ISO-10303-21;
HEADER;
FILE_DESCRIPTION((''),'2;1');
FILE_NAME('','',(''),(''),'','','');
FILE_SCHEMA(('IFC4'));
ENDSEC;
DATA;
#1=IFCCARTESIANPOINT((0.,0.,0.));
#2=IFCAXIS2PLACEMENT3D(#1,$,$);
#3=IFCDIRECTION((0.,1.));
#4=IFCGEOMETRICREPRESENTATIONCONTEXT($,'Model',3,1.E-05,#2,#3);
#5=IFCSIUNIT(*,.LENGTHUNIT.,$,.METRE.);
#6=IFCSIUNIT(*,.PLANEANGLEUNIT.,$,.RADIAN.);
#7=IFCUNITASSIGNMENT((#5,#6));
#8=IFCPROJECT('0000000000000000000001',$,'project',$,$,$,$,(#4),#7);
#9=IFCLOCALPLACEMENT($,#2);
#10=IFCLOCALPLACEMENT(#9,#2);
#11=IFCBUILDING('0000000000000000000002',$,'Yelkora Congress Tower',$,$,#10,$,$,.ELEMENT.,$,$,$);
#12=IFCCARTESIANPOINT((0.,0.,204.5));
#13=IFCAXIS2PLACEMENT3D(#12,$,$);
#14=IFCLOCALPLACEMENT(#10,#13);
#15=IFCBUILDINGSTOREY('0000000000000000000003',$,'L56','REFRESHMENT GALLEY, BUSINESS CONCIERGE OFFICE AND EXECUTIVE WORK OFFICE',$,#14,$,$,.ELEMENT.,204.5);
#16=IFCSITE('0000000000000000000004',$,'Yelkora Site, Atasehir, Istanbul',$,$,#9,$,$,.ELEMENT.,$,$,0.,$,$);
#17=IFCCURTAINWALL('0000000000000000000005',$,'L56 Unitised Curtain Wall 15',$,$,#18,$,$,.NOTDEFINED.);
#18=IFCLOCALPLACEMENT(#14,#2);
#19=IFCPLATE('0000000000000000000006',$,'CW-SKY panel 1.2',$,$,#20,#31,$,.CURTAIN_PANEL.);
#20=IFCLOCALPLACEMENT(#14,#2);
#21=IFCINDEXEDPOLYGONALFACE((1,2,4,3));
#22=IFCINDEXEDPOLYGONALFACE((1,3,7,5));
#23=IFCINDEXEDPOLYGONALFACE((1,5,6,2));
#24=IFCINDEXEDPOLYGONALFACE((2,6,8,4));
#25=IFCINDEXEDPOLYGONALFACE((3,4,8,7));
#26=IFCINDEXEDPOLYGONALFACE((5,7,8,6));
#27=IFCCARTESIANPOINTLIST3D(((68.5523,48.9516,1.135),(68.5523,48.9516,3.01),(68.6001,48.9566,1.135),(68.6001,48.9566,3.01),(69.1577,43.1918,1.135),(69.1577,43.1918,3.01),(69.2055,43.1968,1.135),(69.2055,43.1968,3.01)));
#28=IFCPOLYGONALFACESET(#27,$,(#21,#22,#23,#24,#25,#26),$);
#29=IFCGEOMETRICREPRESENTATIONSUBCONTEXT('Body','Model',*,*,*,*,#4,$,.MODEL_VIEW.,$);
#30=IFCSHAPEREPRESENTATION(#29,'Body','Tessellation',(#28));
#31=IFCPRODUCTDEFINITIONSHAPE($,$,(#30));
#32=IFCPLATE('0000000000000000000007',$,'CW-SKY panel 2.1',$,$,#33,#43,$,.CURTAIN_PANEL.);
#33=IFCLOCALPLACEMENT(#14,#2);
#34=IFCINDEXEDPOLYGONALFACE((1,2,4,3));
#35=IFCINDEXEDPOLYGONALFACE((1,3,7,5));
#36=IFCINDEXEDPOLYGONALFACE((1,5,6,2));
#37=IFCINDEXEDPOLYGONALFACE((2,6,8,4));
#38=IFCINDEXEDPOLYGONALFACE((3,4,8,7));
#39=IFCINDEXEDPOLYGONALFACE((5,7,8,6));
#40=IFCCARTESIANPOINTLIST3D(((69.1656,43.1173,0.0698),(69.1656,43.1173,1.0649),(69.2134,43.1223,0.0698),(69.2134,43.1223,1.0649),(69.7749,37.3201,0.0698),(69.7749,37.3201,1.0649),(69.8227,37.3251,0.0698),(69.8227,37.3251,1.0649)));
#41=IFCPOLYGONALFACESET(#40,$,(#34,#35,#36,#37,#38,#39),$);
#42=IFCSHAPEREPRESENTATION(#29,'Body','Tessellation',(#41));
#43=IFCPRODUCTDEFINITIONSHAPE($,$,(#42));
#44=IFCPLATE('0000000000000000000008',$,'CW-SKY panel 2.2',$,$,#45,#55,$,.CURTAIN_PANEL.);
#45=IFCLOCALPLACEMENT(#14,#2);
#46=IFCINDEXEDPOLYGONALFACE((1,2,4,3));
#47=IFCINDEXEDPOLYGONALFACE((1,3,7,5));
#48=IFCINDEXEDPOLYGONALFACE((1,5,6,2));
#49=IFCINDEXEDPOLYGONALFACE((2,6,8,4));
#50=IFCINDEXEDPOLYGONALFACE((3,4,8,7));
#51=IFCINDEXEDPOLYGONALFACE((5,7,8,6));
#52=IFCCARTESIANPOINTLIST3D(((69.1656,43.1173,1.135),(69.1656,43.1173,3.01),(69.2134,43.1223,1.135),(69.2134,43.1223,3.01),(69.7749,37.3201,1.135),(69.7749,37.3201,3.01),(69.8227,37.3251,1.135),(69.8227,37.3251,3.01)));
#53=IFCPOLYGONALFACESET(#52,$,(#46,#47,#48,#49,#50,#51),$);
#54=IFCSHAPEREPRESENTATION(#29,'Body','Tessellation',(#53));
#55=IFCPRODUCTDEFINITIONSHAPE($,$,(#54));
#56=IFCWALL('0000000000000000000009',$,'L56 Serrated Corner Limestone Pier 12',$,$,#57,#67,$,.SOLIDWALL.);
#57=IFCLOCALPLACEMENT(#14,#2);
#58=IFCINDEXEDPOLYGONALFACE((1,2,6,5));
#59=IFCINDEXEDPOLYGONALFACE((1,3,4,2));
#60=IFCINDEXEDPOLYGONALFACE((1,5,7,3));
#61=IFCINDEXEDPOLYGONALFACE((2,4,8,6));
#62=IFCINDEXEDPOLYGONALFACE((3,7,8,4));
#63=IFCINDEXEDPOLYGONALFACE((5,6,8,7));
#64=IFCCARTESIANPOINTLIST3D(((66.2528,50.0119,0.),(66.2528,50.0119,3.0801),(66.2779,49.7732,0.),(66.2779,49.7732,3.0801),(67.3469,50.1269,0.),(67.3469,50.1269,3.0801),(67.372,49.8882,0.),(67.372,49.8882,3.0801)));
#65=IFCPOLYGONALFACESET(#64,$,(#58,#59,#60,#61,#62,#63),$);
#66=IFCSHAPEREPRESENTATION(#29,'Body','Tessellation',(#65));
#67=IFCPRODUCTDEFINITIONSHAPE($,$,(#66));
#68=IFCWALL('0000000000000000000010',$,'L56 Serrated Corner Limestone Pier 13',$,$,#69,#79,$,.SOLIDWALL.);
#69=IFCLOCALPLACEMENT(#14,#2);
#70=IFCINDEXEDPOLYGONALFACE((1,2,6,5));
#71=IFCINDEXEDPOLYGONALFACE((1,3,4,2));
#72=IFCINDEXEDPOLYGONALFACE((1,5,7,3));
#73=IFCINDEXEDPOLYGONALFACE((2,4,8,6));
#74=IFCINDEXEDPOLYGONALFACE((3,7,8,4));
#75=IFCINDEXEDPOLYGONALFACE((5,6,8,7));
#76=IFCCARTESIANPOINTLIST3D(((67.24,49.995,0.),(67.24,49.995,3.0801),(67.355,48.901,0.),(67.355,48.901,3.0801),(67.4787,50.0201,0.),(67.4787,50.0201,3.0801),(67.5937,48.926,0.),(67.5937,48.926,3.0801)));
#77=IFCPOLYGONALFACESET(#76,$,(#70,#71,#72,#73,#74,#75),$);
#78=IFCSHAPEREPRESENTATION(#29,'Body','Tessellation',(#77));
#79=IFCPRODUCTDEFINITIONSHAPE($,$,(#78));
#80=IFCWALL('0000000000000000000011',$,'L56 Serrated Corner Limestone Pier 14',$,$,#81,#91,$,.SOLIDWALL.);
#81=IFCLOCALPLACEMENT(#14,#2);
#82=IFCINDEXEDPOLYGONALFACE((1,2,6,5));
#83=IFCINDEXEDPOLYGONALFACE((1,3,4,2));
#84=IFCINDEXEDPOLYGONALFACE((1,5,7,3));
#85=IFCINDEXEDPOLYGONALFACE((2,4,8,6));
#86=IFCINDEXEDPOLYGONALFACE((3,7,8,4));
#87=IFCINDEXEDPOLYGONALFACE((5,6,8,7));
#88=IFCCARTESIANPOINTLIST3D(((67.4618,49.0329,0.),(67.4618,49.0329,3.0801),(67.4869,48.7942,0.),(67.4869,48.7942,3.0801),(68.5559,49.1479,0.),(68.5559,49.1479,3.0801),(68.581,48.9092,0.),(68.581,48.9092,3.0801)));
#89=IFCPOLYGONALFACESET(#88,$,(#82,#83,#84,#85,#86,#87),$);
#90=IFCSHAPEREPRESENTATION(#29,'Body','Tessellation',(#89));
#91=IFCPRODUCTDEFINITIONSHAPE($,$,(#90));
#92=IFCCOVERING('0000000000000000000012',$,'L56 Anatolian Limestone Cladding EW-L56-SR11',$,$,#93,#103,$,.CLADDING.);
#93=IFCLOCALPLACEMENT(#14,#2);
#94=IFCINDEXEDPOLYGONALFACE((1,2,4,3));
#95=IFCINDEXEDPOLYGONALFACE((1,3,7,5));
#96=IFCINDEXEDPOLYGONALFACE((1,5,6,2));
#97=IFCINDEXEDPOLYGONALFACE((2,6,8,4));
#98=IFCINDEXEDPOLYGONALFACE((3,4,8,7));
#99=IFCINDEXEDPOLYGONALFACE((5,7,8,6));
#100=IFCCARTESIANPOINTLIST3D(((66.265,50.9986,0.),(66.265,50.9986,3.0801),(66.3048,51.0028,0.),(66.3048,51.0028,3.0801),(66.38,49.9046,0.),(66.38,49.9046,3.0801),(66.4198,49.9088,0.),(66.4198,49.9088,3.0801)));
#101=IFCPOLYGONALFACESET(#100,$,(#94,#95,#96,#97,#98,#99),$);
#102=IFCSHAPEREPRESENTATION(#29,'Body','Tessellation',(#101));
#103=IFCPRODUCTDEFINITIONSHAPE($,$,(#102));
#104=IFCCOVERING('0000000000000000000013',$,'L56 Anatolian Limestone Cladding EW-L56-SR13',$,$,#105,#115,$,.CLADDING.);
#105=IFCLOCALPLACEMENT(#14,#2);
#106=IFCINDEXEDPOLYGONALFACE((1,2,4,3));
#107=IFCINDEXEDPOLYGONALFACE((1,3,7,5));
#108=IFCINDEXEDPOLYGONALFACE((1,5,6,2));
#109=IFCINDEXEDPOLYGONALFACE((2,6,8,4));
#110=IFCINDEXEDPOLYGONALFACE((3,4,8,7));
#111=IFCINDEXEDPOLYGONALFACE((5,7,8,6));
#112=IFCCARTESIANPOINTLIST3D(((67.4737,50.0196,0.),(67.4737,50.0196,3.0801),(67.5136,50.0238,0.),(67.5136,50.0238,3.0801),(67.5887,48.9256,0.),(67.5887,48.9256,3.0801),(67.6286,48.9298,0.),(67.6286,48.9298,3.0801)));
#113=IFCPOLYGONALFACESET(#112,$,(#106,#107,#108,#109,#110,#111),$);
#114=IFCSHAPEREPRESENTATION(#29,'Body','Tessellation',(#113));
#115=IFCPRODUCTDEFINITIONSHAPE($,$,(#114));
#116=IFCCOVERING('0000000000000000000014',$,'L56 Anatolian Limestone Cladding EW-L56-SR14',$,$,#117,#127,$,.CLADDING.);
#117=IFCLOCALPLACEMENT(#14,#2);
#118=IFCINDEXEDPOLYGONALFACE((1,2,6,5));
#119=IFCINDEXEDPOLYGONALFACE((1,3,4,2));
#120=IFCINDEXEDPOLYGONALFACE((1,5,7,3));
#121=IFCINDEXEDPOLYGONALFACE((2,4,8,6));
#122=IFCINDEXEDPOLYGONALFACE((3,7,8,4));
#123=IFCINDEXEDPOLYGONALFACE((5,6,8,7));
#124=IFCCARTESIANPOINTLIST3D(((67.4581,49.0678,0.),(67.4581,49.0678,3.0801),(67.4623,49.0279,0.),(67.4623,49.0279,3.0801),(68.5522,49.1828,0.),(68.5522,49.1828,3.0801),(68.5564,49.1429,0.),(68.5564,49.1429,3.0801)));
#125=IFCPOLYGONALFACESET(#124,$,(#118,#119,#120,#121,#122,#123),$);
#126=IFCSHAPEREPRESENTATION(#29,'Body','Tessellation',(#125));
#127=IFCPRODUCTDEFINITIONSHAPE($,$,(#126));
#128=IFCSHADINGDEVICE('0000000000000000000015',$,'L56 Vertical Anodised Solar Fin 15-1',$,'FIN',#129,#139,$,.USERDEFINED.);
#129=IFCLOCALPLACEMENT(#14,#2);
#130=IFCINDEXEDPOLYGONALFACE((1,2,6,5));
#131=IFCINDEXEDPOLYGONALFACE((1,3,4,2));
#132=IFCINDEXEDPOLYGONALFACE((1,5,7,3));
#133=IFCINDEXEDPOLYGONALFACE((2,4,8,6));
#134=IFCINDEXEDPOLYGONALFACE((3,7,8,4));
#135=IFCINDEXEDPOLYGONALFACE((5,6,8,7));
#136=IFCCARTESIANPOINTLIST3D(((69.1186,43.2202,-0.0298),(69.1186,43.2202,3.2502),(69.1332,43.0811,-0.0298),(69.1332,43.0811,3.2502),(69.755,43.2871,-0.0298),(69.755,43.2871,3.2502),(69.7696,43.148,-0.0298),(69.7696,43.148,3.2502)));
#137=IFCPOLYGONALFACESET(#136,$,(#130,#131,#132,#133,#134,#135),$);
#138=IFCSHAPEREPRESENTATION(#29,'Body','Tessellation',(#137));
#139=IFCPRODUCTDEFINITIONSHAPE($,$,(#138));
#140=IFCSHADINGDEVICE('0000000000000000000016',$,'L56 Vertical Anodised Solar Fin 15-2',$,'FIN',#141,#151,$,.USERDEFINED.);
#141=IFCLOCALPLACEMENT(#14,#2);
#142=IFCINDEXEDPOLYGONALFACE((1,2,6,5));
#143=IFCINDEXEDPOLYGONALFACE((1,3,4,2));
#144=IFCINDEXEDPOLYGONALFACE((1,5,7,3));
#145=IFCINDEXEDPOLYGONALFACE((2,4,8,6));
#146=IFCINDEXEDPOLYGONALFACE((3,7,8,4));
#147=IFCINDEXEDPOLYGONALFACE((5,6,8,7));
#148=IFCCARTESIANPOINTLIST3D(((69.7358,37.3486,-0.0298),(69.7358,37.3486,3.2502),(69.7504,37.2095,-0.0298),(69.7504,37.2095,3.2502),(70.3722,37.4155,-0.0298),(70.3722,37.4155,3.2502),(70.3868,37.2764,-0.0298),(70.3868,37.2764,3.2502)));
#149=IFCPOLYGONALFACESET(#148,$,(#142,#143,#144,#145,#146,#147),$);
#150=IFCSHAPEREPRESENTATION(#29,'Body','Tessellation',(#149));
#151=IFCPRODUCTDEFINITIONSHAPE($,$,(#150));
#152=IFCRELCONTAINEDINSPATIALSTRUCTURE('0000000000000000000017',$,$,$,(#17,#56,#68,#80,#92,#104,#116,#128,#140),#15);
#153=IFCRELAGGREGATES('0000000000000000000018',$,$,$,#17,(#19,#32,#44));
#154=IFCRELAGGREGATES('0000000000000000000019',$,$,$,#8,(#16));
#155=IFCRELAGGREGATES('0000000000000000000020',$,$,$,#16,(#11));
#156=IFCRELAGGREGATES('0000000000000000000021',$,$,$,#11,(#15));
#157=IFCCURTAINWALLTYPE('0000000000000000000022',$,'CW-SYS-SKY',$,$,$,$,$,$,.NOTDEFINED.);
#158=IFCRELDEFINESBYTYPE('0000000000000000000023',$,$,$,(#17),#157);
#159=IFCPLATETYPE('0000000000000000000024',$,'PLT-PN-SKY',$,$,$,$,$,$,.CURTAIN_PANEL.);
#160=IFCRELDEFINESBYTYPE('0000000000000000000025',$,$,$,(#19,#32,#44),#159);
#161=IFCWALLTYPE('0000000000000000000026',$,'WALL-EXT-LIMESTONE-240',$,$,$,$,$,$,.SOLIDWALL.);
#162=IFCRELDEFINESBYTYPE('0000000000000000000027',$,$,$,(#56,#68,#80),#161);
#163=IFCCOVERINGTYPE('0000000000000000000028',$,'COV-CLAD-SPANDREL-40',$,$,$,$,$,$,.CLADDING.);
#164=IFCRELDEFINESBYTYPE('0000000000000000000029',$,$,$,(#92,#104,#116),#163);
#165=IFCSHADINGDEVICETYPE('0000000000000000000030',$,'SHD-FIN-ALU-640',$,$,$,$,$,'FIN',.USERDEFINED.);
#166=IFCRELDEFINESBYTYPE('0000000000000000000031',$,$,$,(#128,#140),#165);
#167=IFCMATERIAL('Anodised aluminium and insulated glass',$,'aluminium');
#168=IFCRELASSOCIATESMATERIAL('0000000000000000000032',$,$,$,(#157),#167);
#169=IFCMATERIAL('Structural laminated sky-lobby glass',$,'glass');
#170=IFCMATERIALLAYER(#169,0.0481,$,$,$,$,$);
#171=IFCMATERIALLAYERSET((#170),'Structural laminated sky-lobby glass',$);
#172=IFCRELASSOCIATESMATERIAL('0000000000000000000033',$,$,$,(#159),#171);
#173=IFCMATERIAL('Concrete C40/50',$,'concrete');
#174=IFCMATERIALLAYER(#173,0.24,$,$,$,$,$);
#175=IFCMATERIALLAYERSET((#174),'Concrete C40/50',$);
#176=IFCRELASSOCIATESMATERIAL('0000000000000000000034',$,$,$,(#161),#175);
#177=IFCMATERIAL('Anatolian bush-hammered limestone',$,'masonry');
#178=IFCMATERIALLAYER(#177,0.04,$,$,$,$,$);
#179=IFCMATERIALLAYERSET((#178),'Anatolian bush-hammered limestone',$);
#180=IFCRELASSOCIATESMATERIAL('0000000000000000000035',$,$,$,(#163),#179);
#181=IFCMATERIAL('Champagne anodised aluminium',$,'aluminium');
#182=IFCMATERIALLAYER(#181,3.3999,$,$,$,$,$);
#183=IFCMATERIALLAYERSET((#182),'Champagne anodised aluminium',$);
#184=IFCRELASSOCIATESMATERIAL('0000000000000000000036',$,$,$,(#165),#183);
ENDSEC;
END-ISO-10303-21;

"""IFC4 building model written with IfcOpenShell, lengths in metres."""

from ifc_helpers import new_model, si_unit, direction, frame, frame_2d, origin, origin_2d, place, context, subcontext, project, spatial, rectangle, extrude, material, layer, layer_set, type_object, element, aggregate, save


model = new_model("IFC4")

# Units and contexts
model_context = context("Model", 3, precision=1e-05, world=origin(), true_north=direction((0.0, 1.0)))
body_context = subcontext(model_context, "Body", "Model", "MODEL_VIEW")
ifc_project = project(units=[si_unit("LENGTHUNIT", "METRE"), si_unit("PLANEANGLEUNIT", "RADIAN")], contexts=[model_context])

# Site, building, storey
site_placement = place(None, origin())
site = spatial("IfcSite", under=ifc_project, at=site_placement, Name="Yelkora Site, Atasehir, Istanbul", CompositionType="ELEMENT", RefElevation=0.0)
building_placement = place(site_placement, origin())
building = spatial("IfcBuilding", under=site, at=building_placement, Name="Yelkora Congress Tower", CompositionType="ELEMENT")
storey_placement = place(building_placement, frame((0.0, 0.0, 204.5)))
storey = spatial("IfcBuildingStorey", under=building, at=storey_placement, Name="L56", Description="REFRESHMENT GALLEY, BUSINESS CONCIERGE OFFICE AND EXECUTIVE WORK OFFICE", CompositionType="ELEMENT", Elevation=204.5)

# Curtain wall, plates
ifc_material_1 = material(Name="Anodised aluminium and insulated glass", Category="aluminium")
curtain_wall_type = type_object("IfcCurtainWallType", Name="CW-SYS-SKY", PredefinedType="NOTDEFINED", material=ifc_material_1)
curtain_wall_placement = place(storey_placement, origin())
curtain_wall = element("IfcCurtainWall", 1, at=curtain_wall_placement, inside=storey, type_object=curtain_wall_type, Name="L56 Unitised Curtain Wall 15", PredefinedType="NOTDEFINED")
ifc_material_2 = material(Name="Structural laminated sky-lobby glass", Category="glass")
ifc_layer_1 = layer(ifc_material_2, 0.0481)
ifc_layer_set_1 = layer_set([ifc_layer_1], Name="Structural laminated sky-lobby glass")
plate_type = type_object("IfcPlateType", Name="PLT-PN-SKY", PredefinedType="CURTAIN_PANEL", material=ifc_layer_set_1)
plate_1_placement = place(storey_placement, frame((68.8789, 46.0742, 1.135), z_axis=(0.0, 0.0, 1.0), x_axis=(0.104526, -0.994522, 0.0)))
plate_1 = element("IfcPlate", 2, at=plate_1_placement, type_object=plate_type, Name="CW-SKY panel 1.2", PredefinedType="CURTAIN_PANEL", context=body_context, shape_type="SweptSolid", body=[
    extrude(rectangle(XDim=5.7915, YDim=0.0481, at=origin_2d()), origin(), (0.0, 0.0, 1.0), 1.875),
])
plate_2_placement = place(storey_placement, frame((69.4941, 40.2212, 0.0698), z_axis=(0.0, 0.0, 1.0), x_axis=(0.104526, -0.994522, 0.0)))
plate_2 = element("IfcPlate", 3, at=plate_2_placement, type_object=plate_type, Name="CW-SKY panel 2.1", PredefinedType="CURTAIN_PANEL", context=body_context, shape_type="SweptSolid", body=[
    extrude(rectangle(XDim=5.8291, YDim=0.0481, at=origin_2d()), origin(), (0.0, 0.0, 1.0), 0.9951),
])
plate_3_placement = place(storey_placement, frame((69.4941, 40.2212, 1.135), z_axis=(0.0, 0.0, 1.0), x_axis=(0.104526, -0.994522, 0.0)))
plate_3 = element("IfcPlate", 4, at=plate_3_placement, type_object=plate_type, Name="CW-SKY panel 2.2", PredefinedType="CURTAIN_PANEL", context=body_context, shape_type="SweptSolid", body=[
    extrude(rectangle(XDim=5.8291, YDim=0.0481, at=origin_2d()), origin(), (0.0, 0.0, 1.0), 1.875),
])
aggregate(curtain_wall, [plate_1, plate_2, plate_3])

# Walls
ifc_material_3 = material(Name="Concrete C40/50", Category="concrete")
ifc_layer_2 = layer(ifc_material_3, 0.24)
ifc_layer_set_2 = layer_set([ifc_layer_2], Name="Concrete C40/50")
wall_type = type_object("IfcWallType", Name="WALL-EXT-LIMESTONE-240", PredefinedType="SOLIDWALL", material=ifc_layer_set_2)
for number, where, z_axis, x_axis, name in (
    (5, (66.2654, 49.8926, 0.0), (0.0, 0.0, 1.0), (0.994521, 0.104535, 0.0), "L56 Serrated Corner Limestone Pier 12"),
    (6, (67.3594, 50.0076, 0.0), (0.0, 0.0, 1.0), (0.104535, -0.994521, 0.0), "L56 Serrated Corner Limestone Pier 13"),
    (7, (67.4744, 48.9136, 0.0), (0.0, 0.0, 1.0), (0.994521, 0.104535, 0.0), "L56 Serrated Corner Limestone Pier 14"),
):
    element("IfcWall", number, at=place(storey_placement, frame(where, z_axis=z_axis, x_axis=x_axis)), inside=storey, type_object=wall_type, Name=name, PredefinedType="SOLIDWALL", context=body_context, shape_type="SweptSolid", body=[
        extrude(rectangle(XDim=1.1001, YDim=0.24, at=frame_2d((0.55, 0.0))), origin(), (0.0, 0.0, 1.0), 3.0801),
    ])

# Coverings
ifc_material_4 = material(Name="Anatolian bush-hammered limestone", Category="masonry")
ifc_layer_3 = layer(ifc_material_4, 0.04)
ifc_layer_set_3 = layer_set([ifc_layer_3], Name="Anatolian bush-hammered limestone")
covering_type = type_object("IfcCoveringType", Name="COV-CLAD-SPANDREL-40", PredefinedType="CLADDING", material=ifc_layer_set_3)
for number, where, z_axis, x_axis, name in (
    (8, (66.2849, 51.0007, 0.0), (0.0, 0.0, 1.0), (0.104535, -0.994521, 0.0), "L56 Anatolian Limestone Cladding EW-L56-SR11"),
    (9, (67.4937, 50.0217, 0.0), (0.0, 0.0, 1.0), (0.104535, -0.994521, 0.0), "L56 Anatolian Limestone Cladding EW-L56-SR13"),
    (10, (67.4602, 49.0479, 0.0), (0.0, 0.0, 1.0), (0.994521, 0.104535, 0.0), "L56 Anatolian Limestone Cladding EW-L56-SR14"),
):
    element("IfcCovering", number, at=place(storey_placement, frame(where, z_axis=z_axis, x_axis=x_axis)), inside=storey, type_object=covering_type, Name=name, PredefinedType="CLADDING", context=body_context, shape_type="SweptSolid", body=[
        extrude(rectangle(XDim=1.1001, YDim=0.04, at=frame_2d((0.55, 0.0))), origin(), (0.0, 0.0, 1.0), 3.0801),
    ])

# Shading devices
ifc_material_5 = material(Name="Champagne anodised aluminium", Category="aluminium")
ifc_layer_4 = layer(ifc_material_5, 3.3999)
ifc_layer_set_4 = layer_set([ifc_layer_4], Name="Champagne anodised aluminium")
shading_device_type = type_object("IfcShadingDeviceType", Name="SHD-FIN-ALU-640", ElementType="FIN", PredefinedType="USERDEFINED", material=ifc_layer_set_4)
for number, where, z_axis, x_axis, name in (
    (11, (69.4441, 43.1841, -0.0298), (0.0, 0.0, 1.0), (0.104528, -0.994522, 0.0), "L56 Vertical Anodised Solar Fin 15-1"),
    (12, (70.0613, 37.3125, -0.0298), (0.0, 0.0, 1.0), (0.104528, -0.994522, 0.0), "L56 Vertical Anodised Solar Fin 15-2"),
):
    element("IfcShadingDevice", number, at=place(storey_placement, frame(where, z_axis=z_axis, x_axis=x_axis)), inside=storey, type_object=shading_device_type, Name=name, ObjectType="FIN", PredefinedType="USERDEFINED", context=body_context, shape_type="SweptSolid", body=[
        extrude(rectangle(XDim=0.1399, YDim=0.6399, at=origin_2d()), origin(), (0.0, 0.0, 1.0), 3.28),
    ])

save(model, "model.ifc")
